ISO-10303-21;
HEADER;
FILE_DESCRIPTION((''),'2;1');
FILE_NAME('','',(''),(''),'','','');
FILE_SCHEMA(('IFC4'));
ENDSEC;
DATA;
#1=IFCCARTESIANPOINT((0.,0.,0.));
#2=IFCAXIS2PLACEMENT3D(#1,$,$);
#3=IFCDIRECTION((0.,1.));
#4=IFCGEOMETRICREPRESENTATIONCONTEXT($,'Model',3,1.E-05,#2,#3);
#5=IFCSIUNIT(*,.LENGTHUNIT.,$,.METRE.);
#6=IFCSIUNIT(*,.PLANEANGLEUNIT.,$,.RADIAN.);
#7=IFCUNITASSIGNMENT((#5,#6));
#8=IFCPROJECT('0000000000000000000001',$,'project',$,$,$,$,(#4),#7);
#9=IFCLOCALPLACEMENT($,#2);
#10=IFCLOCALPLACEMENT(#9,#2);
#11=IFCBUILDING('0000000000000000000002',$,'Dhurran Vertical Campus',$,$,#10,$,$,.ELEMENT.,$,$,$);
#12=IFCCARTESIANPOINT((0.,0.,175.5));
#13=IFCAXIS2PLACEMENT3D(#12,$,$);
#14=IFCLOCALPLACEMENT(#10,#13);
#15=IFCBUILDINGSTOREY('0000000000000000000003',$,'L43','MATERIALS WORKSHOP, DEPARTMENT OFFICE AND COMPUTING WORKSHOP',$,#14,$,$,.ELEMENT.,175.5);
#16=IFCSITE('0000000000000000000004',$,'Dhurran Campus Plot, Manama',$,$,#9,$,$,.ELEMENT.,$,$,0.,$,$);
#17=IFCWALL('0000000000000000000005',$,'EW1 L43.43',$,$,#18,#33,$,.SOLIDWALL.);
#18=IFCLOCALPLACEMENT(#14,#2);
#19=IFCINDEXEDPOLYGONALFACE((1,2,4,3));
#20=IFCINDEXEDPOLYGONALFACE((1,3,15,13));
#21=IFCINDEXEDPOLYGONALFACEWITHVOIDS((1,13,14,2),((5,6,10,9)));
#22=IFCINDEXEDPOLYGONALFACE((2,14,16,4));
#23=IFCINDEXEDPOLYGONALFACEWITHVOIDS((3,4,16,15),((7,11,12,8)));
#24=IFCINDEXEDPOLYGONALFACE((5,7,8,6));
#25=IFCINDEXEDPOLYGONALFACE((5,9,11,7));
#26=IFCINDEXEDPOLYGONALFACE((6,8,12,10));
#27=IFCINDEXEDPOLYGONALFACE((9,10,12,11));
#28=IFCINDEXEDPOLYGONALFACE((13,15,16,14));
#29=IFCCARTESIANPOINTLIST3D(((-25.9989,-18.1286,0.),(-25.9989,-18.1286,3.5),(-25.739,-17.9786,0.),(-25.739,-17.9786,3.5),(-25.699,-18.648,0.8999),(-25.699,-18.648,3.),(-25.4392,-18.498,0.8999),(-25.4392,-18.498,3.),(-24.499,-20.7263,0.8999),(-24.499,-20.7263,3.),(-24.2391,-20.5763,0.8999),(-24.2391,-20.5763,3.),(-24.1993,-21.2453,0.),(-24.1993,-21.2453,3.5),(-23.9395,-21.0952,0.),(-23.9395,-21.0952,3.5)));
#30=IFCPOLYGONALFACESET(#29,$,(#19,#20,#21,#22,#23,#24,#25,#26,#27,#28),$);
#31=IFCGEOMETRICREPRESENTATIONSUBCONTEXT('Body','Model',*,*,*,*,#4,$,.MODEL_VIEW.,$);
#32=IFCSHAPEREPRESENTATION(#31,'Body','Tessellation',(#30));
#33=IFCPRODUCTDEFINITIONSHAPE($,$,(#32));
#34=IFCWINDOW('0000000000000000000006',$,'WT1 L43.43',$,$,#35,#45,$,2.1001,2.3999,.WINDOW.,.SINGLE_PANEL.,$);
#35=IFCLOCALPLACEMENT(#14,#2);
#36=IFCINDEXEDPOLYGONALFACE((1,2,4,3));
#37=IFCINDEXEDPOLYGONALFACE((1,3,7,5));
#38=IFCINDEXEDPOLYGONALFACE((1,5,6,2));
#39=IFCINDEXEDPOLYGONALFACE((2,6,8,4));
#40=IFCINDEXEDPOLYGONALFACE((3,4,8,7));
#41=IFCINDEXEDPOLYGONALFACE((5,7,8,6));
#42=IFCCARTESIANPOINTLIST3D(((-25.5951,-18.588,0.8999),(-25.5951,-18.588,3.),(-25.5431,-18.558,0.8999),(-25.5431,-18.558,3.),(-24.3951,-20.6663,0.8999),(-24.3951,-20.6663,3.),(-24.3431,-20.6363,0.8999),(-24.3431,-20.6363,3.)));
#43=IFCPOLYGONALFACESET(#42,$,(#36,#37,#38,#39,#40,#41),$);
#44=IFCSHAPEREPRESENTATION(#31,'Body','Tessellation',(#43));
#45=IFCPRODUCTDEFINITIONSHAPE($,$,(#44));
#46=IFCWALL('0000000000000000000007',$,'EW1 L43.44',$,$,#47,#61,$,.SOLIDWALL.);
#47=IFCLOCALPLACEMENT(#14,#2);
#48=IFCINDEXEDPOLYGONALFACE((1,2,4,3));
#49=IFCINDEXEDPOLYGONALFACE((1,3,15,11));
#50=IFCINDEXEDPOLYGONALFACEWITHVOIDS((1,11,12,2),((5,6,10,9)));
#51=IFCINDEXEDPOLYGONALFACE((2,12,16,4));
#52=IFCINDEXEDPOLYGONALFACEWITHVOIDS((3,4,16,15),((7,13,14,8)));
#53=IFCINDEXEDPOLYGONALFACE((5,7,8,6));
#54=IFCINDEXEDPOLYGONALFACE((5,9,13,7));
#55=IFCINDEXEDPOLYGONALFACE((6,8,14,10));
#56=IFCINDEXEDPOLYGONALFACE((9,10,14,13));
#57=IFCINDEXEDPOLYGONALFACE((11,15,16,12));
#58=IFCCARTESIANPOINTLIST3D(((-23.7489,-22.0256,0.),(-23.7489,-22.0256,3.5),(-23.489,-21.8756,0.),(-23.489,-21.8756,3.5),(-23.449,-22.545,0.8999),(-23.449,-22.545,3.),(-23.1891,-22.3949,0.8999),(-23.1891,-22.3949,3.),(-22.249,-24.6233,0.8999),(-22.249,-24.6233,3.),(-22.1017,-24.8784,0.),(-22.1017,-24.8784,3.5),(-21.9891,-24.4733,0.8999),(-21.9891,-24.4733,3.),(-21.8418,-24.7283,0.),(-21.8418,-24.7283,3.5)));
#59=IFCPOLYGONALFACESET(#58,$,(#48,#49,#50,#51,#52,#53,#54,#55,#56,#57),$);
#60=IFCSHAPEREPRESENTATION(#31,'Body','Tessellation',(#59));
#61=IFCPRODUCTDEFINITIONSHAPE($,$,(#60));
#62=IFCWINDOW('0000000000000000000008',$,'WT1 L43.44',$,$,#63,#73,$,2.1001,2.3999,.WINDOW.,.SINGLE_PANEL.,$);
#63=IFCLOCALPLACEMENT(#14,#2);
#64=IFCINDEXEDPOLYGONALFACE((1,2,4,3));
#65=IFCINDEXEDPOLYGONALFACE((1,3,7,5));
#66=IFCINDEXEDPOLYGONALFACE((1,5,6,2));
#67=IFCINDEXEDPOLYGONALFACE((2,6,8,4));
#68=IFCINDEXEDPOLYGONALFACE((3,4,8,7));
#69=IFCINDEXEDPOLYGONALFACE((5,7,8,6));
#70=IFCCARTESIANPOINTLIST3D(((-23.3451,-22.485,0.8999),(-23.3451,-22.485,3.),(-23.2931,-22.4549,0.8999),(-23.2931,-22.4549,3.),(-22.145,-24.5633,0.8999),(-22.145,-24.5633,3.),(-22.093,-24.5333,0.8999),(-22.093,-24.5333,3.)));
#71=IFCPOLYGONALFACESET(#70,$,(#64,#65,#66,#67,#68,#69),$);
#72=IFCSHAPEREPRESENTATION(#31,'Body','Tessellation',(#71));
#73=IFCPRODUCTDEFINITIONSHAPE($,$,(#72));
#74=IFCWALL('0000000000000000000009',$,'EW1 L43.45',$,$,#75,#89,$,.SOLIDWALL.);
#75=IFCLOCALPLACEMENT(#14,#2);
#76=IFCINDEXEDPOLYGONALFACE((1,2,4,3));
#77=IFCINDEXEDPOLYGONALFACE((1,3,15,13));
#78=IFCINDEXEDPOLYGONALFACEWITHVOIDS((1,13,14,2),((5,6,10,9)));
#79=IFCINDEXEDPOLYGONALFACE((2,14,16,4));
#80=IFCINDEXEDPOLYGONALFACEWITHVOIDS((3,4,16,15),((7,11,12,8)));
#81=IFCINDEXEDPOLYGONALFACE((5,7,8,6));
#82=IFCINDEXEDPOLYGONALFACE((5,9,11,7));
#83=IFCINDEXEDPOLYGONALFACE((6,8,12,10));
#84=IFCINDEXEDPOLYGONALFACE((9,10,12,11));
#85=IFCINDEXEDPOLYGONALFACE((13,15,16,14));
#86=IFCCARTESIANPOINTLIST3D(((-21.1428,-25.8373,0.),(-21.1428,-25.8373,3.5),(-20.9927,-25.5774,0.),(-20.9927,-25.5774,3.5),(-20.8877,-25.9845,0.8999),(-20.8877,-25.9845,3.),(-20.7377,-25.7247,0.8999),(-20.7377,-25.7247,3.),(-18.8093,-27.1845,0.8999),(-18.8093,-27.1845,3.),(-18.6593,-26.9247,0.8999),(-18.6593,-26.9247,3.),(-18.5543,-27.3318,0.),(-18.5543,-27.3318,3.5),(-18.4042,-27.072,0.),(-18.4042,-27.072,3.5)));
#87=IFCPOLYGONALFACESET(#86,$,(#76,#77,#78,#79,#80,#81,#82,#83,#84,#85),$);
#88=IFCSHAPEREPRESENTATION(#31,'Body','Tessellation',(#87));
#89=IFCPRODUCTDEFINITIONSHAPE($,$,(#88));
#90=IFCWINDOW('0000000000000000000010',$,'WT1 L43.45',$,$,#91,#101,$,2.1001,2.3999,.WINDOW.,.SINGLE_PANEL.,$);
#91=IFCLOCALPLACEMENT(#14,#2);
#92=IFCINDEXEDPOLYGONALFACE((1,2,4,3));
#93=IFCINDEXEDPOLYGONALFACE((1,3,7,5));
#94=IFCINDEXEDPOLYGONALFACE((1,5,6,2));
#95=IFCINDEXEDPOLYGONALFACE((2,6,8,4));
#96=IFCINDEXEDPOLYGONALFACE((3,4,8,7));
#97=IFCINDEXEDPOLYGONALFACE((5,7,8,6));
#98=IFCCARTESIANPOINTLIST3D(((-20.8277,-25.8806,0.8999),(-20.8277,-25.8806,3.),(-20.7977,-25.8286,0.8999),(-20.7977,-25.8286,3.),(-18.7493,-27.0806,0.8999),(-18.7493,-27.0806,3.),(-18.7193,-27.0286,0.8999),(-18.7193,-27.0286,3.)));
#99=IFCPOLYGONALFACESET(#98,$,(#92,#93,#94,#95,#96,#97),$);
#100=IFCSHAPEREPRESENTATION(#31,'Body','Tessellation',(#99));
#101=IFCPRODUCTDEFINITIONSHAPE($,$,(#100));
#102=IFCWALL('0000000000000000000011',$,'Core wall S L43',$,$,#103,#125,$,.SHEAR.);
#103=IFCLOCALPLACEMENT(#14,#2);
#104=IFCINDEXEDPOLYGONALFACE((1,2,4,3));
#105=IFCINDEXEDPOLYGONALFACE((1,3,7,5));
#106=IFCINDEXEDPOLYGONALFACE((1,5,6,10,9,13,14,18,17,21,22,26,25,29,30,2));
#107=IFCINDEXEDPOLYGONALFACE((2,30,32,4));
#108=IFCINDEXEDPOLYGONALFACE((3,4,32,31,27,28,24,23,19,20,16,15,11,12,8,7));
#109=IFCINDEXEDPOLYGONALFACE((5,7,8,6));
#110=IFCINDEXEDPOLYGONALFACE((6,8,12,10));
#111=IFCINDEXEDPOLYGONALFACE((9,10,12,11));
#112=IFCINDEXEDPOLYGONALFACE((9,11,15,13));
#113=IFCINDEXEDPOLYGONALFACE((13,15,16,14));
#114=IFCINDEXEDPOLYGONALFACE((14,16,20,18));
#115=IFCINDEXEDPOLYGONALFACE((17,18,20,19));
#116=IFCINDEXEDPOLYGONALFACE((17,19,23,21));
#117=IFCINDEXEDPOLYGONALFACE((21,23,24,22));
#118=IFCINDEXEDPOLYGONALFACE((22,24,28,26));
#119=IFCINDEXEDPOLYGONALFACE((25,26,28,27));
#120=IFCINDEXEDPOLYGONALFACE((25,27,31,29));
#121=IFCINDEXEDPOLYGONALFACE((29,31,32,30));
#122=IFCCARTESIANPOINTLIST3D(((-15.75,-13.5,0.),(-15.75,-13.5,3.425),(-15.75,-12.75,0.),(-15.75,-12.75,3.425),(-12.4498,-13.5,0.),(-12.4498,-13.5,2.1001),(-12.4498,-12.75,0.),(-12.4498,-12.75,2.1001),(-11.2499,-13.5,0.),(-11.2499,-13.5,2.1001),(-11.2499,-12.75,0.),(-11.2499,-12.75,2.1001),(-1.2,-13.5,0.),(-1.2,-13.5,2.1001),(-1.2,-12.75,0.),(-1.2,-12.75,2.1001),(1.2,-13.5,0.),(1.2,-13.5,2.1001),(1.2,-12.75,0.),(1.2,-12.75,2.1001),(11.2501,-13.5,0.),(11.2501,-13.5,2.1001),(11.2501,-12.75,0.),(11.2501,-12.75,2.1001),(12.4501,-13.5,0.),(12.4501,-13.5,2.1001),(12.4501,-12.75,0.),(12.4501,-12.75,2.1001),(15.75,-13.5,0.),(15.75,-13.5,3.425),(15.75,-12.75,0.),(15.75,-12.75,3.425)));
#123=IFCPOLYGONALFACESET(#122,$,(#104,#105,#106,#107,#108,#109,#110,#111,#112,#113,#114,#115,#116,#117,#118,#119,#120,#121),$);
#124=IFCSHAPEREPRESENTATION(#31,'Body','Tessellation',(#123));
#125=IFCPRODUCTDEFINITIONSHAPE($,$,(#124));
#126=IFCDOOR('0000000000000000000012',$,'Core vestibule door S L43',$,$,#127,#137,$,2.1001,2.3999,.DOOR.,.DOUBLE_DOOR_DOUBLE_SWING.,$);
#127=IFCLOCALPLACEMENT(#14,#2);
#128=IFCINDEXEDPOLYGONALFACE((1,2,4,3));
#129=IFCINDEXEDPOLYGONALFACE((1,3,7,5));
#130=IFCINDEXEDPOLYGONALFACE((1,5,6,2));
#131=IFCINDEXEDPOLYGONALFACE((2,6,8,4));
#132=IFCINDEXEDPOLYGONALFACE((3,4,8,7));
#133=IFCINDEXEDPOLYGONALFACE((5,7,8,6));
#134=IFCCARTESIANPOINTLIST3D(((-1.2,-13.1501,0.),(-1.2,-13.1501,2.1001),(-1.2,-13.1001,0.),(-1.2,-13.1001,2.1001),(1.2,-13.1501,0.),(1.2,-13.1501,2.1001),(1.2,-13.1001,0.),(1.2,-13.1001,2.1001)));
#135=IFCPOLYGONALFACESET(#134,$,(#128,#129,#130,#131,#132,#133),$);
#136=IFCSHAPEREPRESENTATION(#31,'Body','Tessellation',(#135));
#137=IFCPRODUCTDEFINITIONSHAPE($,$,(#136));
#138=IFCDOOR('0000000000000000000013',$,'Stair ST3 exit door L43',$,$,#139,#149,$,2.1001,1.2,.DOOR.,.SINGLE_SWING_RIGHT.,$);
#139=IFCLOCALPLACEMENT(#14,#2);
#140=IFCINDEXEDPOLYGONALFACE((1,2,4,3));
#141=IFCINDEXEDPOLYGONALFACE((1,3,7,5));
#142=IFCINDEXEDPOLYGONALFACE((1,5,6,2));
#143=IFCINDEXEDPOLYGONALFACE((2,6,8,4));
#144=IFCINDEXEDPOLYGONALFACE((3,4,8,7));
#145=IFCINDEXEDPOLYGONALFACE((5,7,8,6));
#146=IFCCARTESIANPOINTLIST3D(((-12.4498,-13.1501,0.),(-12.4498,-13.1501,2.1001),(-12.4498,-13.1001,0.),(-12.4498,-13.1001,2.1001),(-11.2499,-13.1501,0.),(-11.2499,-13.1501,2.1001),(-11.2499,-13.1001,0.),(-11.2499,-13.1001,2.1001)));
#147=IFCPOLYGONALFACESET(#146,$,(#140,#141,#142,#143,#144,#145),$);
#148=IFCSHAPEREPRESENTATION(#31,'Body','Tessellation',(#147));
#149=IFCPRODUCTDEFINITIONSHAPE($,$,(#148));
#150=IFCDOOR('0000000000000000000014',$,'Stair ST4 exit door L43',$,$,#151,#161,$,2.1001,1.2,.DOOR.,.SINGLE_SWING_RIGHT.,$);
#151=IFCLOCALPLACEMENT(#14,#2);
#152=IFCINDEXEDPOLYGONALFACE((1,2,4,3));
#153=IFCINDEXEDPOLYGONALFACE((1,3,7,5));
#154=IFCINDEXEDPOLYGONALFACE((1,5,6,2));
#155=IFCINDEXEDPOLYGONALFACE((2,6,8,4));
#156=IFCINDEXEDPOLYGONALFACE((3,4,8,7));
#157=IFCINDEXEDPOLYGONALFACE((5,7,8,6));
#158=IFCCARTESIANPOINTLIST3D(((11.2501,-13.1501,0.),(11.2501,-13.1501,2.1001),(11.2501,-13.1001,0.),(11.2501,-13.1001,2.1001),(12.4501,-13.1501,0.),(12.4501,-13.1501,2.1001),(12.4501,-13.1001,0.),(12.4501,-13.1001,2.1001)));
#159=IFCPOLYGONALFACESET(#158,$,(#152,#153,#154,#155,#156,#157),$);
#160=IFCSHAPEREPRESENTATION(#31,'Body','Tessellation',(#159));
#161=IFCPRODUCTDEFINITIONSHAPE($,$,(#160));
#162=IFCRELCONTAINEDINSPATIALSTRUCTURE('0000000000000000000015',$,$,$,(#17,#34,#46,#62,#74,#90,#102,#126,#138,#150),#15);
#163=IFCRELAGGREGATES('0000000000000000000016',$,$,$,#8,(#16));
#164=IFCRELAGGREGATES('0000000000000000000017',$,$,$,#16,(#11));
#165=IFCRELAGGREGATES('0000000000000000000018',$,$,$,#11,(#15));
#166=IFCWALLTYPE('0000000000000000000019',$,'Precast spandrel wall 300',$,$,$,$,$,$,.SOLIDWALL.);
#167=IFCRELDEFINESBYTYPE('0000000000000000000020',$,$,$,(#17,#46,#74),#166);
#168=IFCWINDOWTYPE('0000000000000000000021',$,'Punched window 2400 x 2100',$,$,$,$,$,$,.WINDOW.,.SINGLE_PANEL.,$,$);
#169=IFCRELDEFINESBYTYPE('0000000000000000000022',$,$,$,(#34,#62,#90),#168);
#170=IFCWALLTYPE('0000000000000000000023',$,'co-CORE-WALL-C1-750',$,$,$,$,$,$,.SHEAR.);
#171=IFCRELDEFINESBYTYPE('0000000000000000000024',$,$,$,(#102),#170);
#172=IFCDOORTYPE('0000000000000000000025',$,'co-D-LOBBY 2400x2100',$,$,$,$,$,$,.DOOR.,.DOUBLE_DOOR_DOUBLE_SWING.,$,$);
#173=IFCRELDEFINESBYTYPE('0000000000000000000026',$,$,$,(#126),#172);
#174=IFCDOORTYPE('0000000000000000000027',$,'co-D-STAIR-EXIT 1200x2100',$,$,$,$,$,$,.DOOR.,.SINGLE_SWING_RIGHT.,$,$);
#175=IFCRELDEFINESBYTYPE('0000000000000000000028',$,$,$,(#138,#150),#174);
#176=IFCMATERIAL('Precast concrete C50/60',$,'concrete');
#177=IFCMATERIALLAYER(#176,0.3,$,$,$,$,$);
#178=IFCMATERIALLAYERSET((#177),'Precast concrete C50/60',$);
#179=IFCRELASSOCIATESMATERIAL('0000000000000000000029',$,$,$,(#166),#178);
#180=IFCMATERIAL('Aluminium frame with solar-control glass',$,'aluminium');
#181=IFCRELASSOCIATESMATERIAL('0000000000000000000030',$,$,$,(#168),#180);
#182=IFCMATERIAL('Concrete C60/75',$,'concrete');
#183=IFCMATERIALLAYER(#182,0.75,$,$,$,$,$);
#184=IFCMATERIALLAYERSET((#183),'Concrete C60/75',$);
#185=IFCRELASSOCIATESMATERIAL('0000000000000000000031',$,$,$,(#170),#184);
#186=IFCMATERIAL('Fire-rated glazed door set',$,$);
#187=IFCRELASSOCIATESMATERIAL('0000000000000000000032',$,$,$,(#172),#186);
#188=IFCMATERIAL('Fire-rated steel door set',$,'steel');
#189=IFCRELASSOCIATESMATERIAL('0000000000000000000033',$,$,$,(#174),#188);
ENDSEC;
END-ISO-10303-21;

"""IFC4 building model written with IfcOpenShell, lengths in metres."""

from ifc_helpers import new_model, si_unit, direction, frame, frame_2d, origin, place, context, subcontext, project, spatial, rectangle, extrude, material, layer, layer_set, type_object, element, fill, save


model = new_model("IFC4")

# Units and contexts
model_context = context("Model", 3, precision=1e-05, world=origin(), true_north=direction((0.0, 1.0)))
body_context = subcontext(model_context, "Body", "Model", "MODEL_VIEW")
ifc_project = project(units=[si_unit("LENGTHUNIT", "METRE"), si_unit("PLANEANGLEUNIT", "RADIAN")], contexts=[model_context])

# Site, building, storey
site_placement = place(None, origin())
site = spatial("IfcSite", under=ifc_project, at=site_placement, Name="Dhurran Campus Plot, Manama", CompositionType="ELEMENT", RefElevation=0.0)
building_placement = place(site_placement, origin())
building = spatial("IfcBuilding", under=site, at=building_placement, Name="Dhurran Vertical Campus", CompositionType="ELEMENT")
storey_placement = place(building_placement, frame((0.0, 0.0, 175.5)))
storey = spatial("IfcBuildingStorey", under=building, at=storey_placement, Name="L43", Description="MATERIALS WORKSHOP, DEPARTMENT OFFICE AND COMPUTING WORKSHOP", CompositionType="ELEMENT", Elevation=175.5)

# Walls, openings, windows
ifc_material_1 = material(Name="Precast concrete C50/60", Category="concrete")
ifc_layer_1 = layer(ifc_material_1, 0.3)
ifc_layer_set_1 = layer_set([ifc_layer_1], Name="Precast concrete C50/60")
wall_type_1 = type_object("IfcWallType", Name="Precast spandrel wall 300", PredefinedType="SOLIDWALL", material=ifc_layer_set_1)
ifc_material_2 = material(Name="Aluminium frame with solar-control glass", Category="aluminium")
window_type = type_object("IfcWindowType", Name="Punched window 2400 x 2100", PartitioningType="SINGLE_PANEL", PredefinedType="WINDOW", material=ifc_material_2)
wall_1_placement = place(storey_placement, frame((-25.8689, -18.0537, 0.0), z_axis=(0.0, 0.0, 1.0), x_axis=(0.500028, -0.866009, 0.0)))
wall_1 = element("IfcWall", 1, at=wall_1_placement, inside=storey, type_object=wall_type_1, Name="EW1 L43.43", PredefinedType="SOLIDWALL", context=body_context, shape_type="SweptSolid", body=[
    extrude(rectangle(XDim=3.5989, YDim=0.3, at=frame_2d((1.7993, 0.0))), origin(), (0.0, 0.0, 1.0), 3.5),
])
opening_1_placement = place(wall_1_placement, frame((0.5996, 0.0, 0.8999)))
opening_1 = element("IfcOpeningElement", 2, at=opening_1_placement, cuts=wall_1, PredefinedType="OPENING", context=body_context, shape_type="SweptSolid", body=[
    extrude(rectangle(XDim=2.3999, YDim=2.1001, at=frame_2d((1.2, 1.05))), frame((0.0, 0.1599, 0.0), z_axis=(0.0, -1.0, 0.0), x_axis=(1.0, 0.0, 0.0)), (0.0, 0.0, 1.0), 0.3201),
])
window_1_placement = place(opening_1_placement, origin())
window_1 = element("IfcWindow", 3, at=window_1_placement, inside=storey, type_object=window_type, Name="WT1 L43.43", OverallHeight=2.1001, OverallWidth=2.3999, PartitioningType="SINGLE_PANEL", PredefinedType="WINDOW", context=body_context, shape_type="SweptSolid", body=[
    extrude(rectangle(XDim=2.3999, YDim=2.1001, at=frame_2d((1.2, 1.05))), frame((0.0, 0.03, 0.0), z_axis=(0.0, -1.0, 0.0), x_axis=(1.0, 0.0, 0.0)), (0.0, 0.0, 1.0), 0.0601),
])
fill(opening_1, window_1)
wall_2_placement = place(storey_placement, frame((-23.6189, -21.9507, 0.0), z_axis=(0.0, 0.0, 1.0), x_axis=(0.500037, -0.866004, 0.0)))
wall_2 = element("IfcWall", 4, at=wall_2_placement, inside=storey, type_object=wall_type_1, Name="EW1 L43.44", PredefinedType="SOLIDWALL", context=body_context, shape_type="SweptSolid", body=[
    extrude(rectangle(XDim=3.2942, YDim=0.3, at=frame_2d((1.647, 0.0))), origin(), (0.0, 0.0, 1.0), 3.5),
])
opening_2_placement = place(wall_2_placement, frame((0.5996, 0.0, 0.8999)))
opening_2 = element("IfcOpeningElement", 5, at=opening_2_placement, cuts=wall_2, PredefinedType="OPENING", context=body_context, shape_type="SweptSolid", body=[
    extrude(rectangle(XDim=2.3999, YDim=2.1001, at=frame_2d((1.2, 1.05))), frame((0.0, 0.1599, 0.0), z_axis=(0.0, -1.0, 0.0), x_axis=(1.0, 0.0, 0.0)), (0.0, 0.0, 1.0), 0.3201),
])
window_2_placement = place(opening_2_placement, origin())
window_2 = element("IfcWindow", 6, at=window_2_placement, inside=storey, type_object=window_type, Name="WT1 L43.44", OverallHeight=2.1001, OverallWidth=2.3999, PartitioningType="SINGLE_PANEL", PredefinedType="WINDOW", context=body_context, shape_type="SweptSolid", body=[
    extrude(rectangle(XDim=2.3999, YDim=2.1001, at=frame_2d((1.2, 1.05))), frame((0.0, 0.03, 0.0), z_axis=(0.0, -1.0, 0.0), x_axis=(1.0, 0.0, 0.0)), (0.0, 0.0, 1.0), 0.0601),
])
fill(opening_2, window_2)
wall_3_placement = place(storey_placement, frame((-21.0679, -25.7073, 0.0), z_axis=(0.0, 0.0, 1.0), x_axis=(0.866013, -0.500022, 0.0)))
wall_3 = element("IfcWall", 7, at=wall_3_placement, inside=storey, type_object=wall_type_1, Name="EW1 L43.45", PredefinedType="SOLIDWALL", context=body_context, shape_type="SweptSolid", body=[
    extrude(rectangle(XDim=2.989, YDim=0.3, at=frame_2d((1.4946, 0.0))), origin(), (0.0, 0.0, 1.0), 3.5),
])
opening_3_placement = place(wall_3_placement, frame((0.2947, 0.0, 0.8999)))
opening_3 = element("IfcOpeningElement", 8, at=opening_3_placement, cuts=wall_3, PredefinedType="OPENING", context=body_context, shape_type="SweptSolid", body=[
    extrude(rectangle(XDim=2.3999, YDim=2.1001, at=frame_2d((1.2, 1.05))), frame((0.0, 0.1599, 0.0), z_axis=(0.0, -1.0, 0.0), x_axis=(1.0, 0.0, 0.0)), (0.0, 0.0, 1.0), 0.3201),
])
window_3_placement = place(opening_3_placement, origin())
window_3 = element("IfcWindow", 9, at=window_3_placement, inside=storey, type_object=window_type, Name="WT1 L43.45", OverallHeight=2.1001, OverallWidth=2.3999, PartitioningType="SINGLE_PANEL", PredefinedType="WINDOW", context=body_context, shape_type="SweptSolid", body=[
    extrude(rectangle(XDim=2.3999, YDim=2.1001, at=frame_2d((1.2, 1.05))), frame((0.0, 0.03, 0.0), z_axis=(0.0, -1.0, 0.0), x_axis=(1.0, 0.0, 0.0)), (0.0, 0.0, 1.0), 0.0601),
])
fill(opening_3, window_3)

# Wall, openings, doors
ifc_material_3 = material(Name="Concrete C60/75", Category="concrete")
ifc_layer_2 = layer(ifc_material_3, 0.75)
ifc_layer_set_2 = layer_set([ifc_layer_2], Name="Concrete C60/75")
wall_type_2 = type_object("IfcWallType", Name="co-CORE-WALL-C1-750", PredefinedType="SHEAR", material=ifc_layer_set_2)
wall_4_placement = place(storey_placement, frame((-15.75, -13.125, 0.0), z_axis=(0.0, 0.0, 1.0), x_axis=(1.0, 0.0, 0.0)))
wall_4 = element("IfcWall", 10, at=wall_4_placement, inside=storey, type_object=wall_type_2, Name="Core wall S L43", PredefinedType="SHEAR", context=body_context, shape_type="SweptSolid", body=[
    extrude(rectangle(XDim=31.5, YDim=0.75, at=frame_2d((15.75, 0.0))), origin(), (0.0, 0.0, 1.0), 3.425),
])
opening_4_placement = place(wall_4_placement, frame((14.55, 0.0, 0.0)))
opening_4 = element("IfcOpeningElement", 11, at=opening_4_placement, cuts=wall_4, PredefinedType="OPENING", context=body_context, shape_type="SweptSolid", body=[
    extrude(rectangle(XDim=2.3999, YDim=2.1001, at=frame_2d((1.2, 1.05))), frame((0.0, 0.385, 0.0), z_axis=(0.0, -1.0, 0.0), x_axis=(1.0, 0.0, 0.0)), (0.0, 0.0, 1.0), 0.77),
])
opening_5_placement = place(wall_4_placement, frame((3.3, 0.0, 0.0)))
opening_5 = element("IfcOpeningElement", 12, at=opening_5_placement, cuts=wall_4, PredefinedType="OPENING", context=body_context, shape_type="SweptSolid", body=[
    extrude(rectangle(XDim=1.2, YDim=2.1001, at=frame_2d((0.6001, 1.05))), frame((0.0, 0.385, 0.0), z_axis=(0.0, -1.0, 0.0), x_axis=(1.0, 0.0, 0.0)), (0.0, 0.0, 1.0), 0.77),
])
opening_6_placement = place(wall_4_placement, frame((27.0, 0.0, 0.0)))
opening_6 = element("IfcOpeningElement", 13, at=opening_6_placement, cuts=wall_4, PredefinedType="OPENING", context=body_context, shape_type="SweptSolid", body=[
    extrude(rectangle(XDim=1.2, YDim=2.1001, at=frame_2d((0.6001, 1.05))), frame((0.0, 0.385, 0.0), z_axis=(0.0, -1.0, 0.0), x_axis=(1.0, 0.0, 0.0)), (0.0, 0.0, 1.0), 0.77),
])
ifc_material_4 = material(Name="Fire-rated glazed door set")
door_type_1 = type_object("IfcDoorType", Name="co-D-LOBBY 2400x2100", OperationType="DOUBLE_DOOR_DOUBLE_SWING", PredefinedType="DOOR", material=ifc_material_4)
door_1_placement = place(opening_4_placement, origin())
door_1 = element("IfcDoor", 14, at=door_1_placement, inside=storey, type_object=door_type_1, Name="Core vestibule door S L43", OperationType="DOUBLE_DOOR_DOUBLE_SWING", OverallHeight=2.1001, OverallWidth=2.3999, PredefinedType="DOOR", context=body_context, shape_type="SweptSolid", body=[
    extrude(rectangle(XDim=2.3999, YDim=2.1001, at=frame_2d((1.2, 1.05))), frame((0.0, 0.0249, 0.0), z_axis=(0.0, -1.0, 0.0), x_axis=(1.0, 0.0, 0.0)), (0.0, 0.0, 1.0), 0.05),
])
fill(opening_4, door_1)
ifc_material_5 = material(Name="Fire-rated steel door set", Category="steel")
door_type_2 = type_object("IfcDoorType", Name="co-D-STAIR-EXIT 1200x2100", OperationType="SINGLE_SWING_RIGHT", PredefinedType="DOOR", material=ifc_material_5)
door_2_placement = place(opening_5_placement, origin())
door_2 = element("IfcDoor", 15, at=door_2_placement, inside=storey, type_object=door_type_2, Name="Stair ST3 exit door L43", OperationType="SINGLE_SWING_RIGHT", OverallHeight=2.1001, OverallWidth=1.2, PredefinedType="DOOR", context=body_context, shape_type="SweptSolid", body=[
    extrude(rectangle(XDim=1.2, YDim=2.1001, at=frame_2d((0.6001, 1.05))), frame((0.0, 0.0249, 0.0), z_axis=(0.0, -1.0, 0.0), x_axis=(1.0, 0.0, 0.0)), (0.0, 0.0, 1.0), 0.05),
])
fill(opening_5, door_2)
door_3_placement = place(opening_6_placement, origin())
door_3 = element("IfcDoor", 16, at=door_3_placement, inside=storey, type_object=door_type_2, Name="Stair ST4 exit door L43", OperationType="SINGLE_SWING_RIGHT", OverallHeight=2.1001, OverallWidth=1.2, PredefinedType="DOOR", context=body_context, shape_type="SweptSolid", body=[
    extrude(rectangle(XDim=1.2, YDim=2.1001, at=frame_2d((0.6001, 1.05))), frame((0.0, 0.0249, 0.0), z_axis=(0.0, -1.0, 0.0), x_axis=(1.0, 0.0, 0.0)), (0.0, 0.0, 1.0), 0.05),
])
fill(opening_6, door_3)

save(model, "model.ifc")
